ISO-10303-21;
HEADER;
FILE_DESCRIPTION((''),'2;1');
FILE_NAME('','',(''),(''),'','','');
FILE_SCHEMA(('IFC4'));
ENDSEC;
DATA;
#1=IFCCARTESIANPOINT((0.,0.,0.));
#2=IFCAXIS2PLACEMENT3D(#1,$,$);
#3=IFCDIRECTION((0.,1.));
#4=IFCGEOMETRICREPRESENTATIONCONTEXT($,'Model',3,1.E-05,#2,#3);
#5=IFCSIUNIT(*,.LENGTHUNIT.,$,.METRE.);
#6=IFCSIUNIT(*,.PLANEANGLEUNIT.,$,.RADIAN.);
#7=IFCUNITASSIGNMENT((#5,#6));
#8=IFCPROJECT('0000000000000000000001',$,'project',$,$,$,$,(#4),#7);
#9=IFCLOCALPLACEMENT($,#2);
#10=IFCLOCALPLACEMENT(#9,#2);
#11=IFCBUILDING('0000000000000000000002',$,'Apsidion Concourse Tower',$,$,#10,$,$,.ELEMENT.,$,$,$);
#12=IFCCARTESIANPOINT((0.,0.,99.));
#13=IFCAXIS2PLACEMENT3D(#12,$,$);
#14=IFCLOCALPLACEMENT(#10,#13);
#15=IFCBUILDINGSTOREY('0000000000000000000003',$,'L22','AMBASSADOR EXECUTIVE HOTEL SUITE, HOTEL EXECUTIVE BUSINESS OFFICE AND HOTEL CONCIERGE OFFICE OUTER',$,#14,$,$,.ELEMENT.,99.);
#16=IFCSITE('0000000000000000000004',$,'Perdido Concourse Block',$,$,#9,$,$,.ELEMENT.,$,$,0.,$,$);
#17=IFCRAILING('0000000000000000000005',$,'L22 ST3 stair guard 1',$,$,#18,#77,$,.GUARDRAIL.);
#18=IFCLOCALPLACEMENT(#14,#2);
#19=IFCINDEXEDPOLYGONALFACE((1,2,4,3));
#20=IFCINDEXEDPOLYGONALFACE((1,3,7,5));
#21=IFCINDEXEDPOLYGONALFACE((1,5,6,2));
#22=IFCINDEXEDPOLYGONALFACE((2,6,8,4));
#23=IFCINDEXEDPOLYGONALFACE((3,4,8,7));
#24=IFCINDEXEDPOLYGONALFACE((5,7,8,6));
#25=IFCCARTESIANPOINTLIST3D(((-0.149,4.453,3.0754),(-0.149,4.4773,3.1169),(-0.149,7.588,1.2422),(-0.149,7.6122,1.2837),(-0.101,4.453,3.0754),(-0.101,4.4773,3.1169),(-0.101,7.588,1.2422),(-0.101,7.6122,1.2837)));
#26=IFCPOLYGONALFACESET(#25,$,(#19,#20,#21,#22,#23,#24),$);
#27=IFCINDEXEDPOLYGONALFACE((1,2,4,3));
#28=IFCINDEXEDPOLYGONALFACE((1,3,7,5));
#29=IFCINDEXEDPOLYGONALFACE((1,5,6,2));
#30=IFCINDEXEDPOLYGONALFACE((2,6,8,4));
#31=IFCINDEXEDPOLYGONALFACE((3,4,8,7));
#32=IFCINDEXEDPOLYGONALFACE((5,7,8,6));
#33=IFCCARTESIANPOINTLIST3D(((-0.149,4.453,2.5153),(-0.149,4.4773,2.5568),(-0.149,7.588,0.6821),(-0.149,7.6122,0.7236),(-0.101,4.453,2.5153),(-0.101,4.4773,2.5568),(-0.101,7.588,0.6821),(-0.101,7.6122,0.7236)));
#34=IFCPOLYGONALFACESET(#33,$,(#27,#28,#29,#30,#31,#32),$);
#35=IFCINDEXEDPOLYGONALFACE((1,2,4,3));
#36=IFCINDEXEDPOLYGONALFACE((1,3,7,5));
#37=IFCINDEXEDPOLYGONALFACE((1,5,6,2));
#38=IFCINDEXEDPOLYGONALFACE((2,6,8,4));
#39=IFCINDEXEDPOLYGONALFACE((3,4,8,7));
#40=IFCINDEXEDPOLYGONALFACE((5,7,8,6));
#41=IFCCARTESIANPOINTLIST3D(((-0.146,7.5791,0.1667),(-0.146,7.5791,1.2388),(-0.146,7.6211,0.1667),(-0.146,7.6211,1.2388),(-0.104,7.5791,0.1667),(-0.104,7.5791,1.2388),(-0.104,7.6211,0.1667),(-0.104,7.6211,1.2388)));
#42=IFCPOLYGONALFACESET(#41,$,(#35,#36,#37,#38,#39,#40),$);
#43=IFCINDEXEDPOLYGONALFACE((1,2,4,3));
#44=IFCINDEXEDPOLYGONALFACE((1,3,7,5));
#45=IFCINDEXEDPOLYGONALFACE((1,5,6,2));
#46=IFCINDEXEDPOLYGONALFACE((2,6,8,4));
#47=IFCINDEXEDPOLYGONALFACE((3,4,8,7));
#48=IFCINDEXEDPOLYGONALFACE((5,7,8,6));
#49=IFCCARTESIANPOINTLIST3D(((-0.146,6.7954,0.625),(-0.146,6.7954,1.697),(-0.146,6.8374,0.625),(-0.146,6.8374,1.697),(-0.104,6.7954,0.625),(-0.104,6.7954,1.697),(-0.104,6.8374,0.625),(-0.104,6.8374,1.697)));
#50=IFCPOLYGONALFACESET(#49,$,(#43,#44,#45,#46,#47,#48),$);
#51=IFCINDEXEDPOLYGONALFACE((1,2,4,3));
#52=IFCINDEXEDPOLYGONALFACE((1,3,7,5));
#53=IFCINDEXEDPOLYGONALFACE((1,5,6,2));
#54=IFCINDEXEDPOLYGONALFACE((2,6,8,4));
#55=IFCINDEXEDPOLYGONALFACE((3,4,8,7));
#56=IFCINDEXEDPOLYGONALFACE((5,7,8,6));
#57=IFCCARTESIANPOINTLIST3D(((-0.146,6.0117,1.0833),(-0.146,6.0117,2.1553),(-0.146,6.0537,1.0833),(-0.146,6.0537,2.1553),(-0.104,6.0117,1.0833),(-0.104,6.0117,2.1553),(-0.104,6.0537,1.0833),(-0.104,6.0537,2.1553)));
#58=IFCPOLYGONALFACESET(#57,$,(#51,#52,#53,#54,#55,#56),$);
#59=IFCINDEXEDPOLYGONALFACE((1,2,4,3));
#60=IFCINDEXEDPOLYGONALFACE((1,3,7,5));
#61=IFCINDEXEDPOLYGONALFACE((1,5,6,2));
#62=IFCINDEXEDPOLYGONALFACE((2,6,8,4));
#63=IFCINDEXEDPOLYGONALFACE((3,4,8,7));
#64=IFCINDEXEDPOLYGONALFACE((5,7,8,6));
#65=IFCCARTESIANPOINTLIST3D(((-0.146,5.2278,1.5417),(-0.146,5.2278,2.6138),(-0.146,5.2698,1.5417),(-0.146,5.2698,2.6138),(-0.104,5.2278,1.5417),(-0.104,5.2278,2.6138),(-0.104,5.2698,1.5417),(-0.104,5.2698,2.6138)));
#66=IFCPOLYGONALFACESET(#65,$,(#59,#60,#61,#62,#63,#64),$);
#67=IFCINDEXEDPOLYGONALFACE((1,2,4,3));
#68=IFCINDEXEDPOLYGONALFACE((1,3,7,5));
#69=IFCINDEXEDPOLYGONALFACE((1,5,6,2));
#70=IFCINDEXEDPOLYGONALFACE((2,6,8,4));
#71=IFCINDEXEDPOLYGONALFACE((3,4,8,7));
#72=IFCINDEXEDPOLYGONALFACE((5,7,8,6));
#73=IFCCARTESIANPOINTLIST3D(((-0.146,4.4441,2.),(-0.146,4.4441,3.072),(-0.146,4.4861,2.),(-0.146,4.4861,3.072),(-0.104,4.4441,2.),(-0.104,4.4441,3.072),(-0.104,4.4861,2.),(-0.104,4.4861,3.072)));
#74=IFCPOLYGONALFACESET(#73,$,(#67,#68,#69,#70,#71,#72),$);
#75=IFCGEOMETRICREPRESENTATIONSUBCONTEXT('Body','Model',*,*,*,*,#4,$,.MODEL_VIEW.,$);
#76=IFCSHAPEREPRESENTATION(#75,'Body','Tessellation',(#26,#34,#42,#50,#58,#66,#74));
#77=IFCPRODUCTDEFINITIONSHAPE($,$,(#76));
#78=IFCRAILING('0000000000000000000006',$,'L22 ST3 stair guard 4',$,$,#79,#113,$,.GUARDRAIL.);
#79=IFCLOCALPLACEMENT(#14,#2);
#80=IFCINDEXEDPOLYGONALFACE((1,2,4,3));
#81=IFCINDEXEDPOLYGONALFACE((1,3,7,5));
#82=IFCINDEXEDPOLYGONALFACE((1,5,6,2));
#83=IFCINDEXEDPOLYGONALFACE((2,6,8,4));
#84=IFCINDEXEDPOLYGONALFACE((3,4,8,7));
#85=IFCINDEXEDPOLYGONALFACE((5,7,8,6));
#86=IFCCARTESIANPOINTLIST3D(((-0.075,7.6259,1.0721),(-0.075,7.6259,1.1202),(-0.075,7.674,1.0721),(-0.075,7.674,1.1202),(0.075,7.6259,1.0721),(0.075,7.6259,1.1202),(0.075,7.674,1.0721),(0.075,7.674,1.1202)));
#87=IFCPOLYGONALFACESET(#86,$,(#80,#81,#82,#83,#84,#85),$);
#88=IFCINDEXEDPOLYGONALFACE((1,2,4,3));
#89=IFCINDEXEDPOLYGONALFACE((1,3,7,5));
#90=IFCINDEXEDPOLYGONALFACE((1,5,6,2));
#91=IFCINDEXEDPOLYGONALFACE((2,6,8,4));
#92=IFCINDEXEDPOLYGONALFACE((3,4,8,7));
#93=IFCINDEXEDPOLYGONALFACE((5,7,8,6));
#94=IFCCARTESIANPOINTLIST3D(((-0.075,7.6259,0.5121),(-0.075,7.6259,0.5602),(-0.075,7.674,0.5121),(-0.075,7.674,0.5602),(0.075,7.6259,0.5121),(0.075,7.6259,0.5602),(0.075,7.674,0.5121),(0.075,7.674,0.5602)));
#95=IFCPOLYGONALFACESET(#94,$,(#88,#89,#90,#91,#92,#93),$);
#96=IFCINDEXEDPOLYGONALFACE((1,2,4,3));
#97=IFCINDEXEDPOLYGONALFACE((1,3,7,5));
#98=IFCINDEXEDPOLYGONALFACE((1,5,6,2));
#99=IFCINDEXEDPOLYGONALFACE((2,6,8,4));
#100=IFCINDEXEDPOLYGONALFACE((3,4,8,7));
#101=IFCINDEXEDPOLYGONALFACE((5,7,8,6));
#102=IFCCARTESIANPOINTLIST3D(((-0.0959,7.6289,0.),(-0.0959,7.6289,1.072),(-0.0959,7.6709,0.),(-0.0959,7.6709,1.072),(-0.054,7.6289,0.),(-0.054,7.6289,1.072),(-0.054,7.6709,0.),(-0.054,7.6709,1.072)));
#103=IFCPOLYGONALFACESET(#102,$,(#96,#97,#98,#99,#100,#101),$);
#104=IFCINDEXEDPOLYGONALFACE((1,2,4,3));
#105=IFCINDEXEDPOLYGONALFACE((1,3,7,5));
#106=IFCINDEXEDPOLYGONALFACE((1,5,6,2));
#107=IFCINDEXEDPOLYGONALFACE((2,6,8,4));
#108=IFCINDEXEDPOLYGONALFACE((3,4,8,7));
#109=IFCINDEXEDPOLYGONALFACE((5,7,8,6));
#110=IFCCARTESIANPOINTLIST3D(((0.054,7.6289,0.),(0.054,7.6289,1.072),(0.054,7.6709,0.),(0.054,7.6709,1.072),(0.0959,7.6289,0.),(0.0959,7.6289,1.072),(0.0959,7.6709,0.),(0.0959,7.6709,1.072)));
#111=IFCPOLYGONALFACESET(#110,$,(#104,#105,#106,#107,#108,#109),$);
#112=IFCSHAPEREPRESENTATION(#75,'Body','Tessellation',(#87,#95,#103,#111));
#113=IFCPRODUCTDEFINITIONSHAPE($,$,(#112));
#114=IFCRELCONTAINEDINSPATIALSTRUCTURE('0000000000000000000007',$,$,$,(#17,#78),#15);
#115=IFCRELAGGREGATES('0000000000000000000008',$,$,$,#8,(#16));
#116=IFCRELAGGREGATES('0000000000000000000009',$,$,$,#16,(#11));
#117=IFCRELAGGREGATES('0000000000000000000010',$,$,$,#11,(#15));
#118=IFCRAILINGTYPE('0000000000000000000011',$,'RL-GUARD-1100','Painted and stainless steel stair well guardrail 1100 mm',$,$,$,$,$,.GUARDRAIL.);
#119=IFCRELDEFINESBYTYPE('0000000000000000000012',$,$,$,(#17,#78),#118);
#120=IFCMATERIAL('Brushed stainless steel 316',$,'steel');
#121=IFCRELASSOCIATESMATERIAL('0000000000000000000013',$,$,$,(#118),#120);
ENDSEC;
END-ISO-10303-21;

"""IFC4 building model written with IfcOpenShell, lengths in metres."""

from ifc_helpers import new_model, si_unit, direction, frame, origin, origin_2d, place, context, subcontext, project, spatial, rectangle, extrude, material, type_object, element, save


model = new_model("IFC4")

# Units and contexts
model_context = context("Model", 3, precision=1e-05, world=origin(), true_north=direction((0.0, 1.0)))
body_context = subcontext(model_context, "Body", "Model", "MODEL_VIEW")
ifc_project = project(units=[si_unit("LENGTHUNIT", "METRE"), si_unit("PLANEANGLEUNIT", "RADIAN")], contexts=[model_context])

# Site, building, storey
site_placement = place(None, origin())
site = spatial("IfcSite", under=ifc_project, at=site_placement, Name="Perdido Concourse Block", CompositionType="ELEMENT", RefElevation=0.0)
building_placement = place(site_placement, origin())
building = spatial("IfcBuilding", under=site, at=building_placement, Name="Apsidion Concourse Tower", CompositionType="ELEMENT")
storey_placement = place(building_placement, frame((0.0, 0.0, 99.0)))
storey = spatial("IfcBuildingStorey", under=building, at=storey_placement, Name="L22", Description="AMBASSADOR EXECUTIVE HOTEL SUITE, HOTEL EXECUTIVE BUSINESS OFFICE AND HOTEL CONCIERGE OFFICE OUTER", CompositionType="ELEMENT", Elevation=99.0)

# Shared definitions
ifc_material_1 = material(Name="Brushed stainless steel 316", Category="steel")

# Railings
railing_type = type_object("IfcRailingType", Name="RL-GUARD-1100", Description="Painted and stainless steel stair well guardrail 1100 mm", PredefinedType="GUARDRAIL", material=ifc_material_1)
railing_1_placement = place(storey_placement, frame((-0.125, 7.6001, 0.1667)))
element("IfcRailing", 1, at=railing_1_placement, inside=storey, type_object=railing_type, Name="L22 ST3 stair guard 1", PredefinedType="GUARDRAIL", context=body_context, shape_type="SweptSolid", body=[
    extrude(rectangle(XDim=0.0481, YDim=0.0481, at=origin_2d()), frame((0.0, 0.0, 1.0962), z_axis=(0.0, -0.86324, 0.504794), x_axis=(1.0, 0.0, 0.0)), (0.0, 0.0, 1.0), 3.6316),
    extrude(rectangle(XDim=0.0481, YDim=0.0481, at=origin_2d()), frame((0.0, 0.0, 0.5361), z_axis=(0.0, -0.86324, 0.504794), x_axis=(1.0, 0.0, 0.0)), (0.0, 0.0, 1.0), 3.6316),
    extrude(rectangle(XDim=0.042, YDim=0.042, at=origin_2d()), origin(), (0.0, 0.0, 1.0), 1.072),
    extrude(rectangle(XDim=0.042, YDim=0.042, at=origin_2d()), frame((0.0, -0.7837, 0.4583)), (0.0, 0.0, 1.0), 1.072),
    extrude(rectangle(XDim=0.042, YDim=0.042, at=origin_2d()), frame((0.0, -1.5674, 0.9165)), (0.0, 0.0, 1.0), 1.072),
    extrude(rectangle(XDim=0.042, YDim=0.042, at=origin_2d()), frame((0.0, -2.3513, 1.375)), (0.0, 0.0, 1.0), 1.072),
    extrude(rectangle(XDim=0.042, YDim=0.042, at=origin_2d()), frame((0.0, -3.135, 1.8333)), (0.0, 0.0, 1.0), 1.072),
])
railing_2_placement = place(storey_placement, frame((-0.075, 7.6499, 0.0)))
element("IfcRailing", 2, at=railing_2_placement, inside=storey, type_object=railing_type, Name="L22 ST3 stair guard 4", PredefinedType="GUARDRAIL", context=body_context, shape_type="SweptSolid", body=[
    extrude(rectangle(XDim=0.0481, YDim=0.0481, at=origin_2d()), frame((0.0, 0.0, 1.0962), z_axis=(1.0, 0.0, 0.0), x_axis=(0.0, 1.0, 0.0)), (0.0, 0.0, 1.0), 0.1499),
    extrude(rectangle(XDim=0.0481, YDim=0.0481, at=origin_2d()), frame((0.0, 0.0, 0.5361), z_axis=(1.0, 0.0, 0.0), x_axis=(0.0, 1.0, 0.0)), (0.0, 0.0, 1.0), 0.1499),
    extrude(rectangle(XDim=0.042, YDim=0.042, at=origin_2d()), origin(), (0.0, 0.0, 1.0), 1.072),
    extrude(rectangle(XDim=0.042, YDim=0.042, at=origin_2d()), frame((0.1499, 0.0, 0.0)), (0.0, 0.0, 1.0), 1.072),
])

save(model, "model.ifc")
